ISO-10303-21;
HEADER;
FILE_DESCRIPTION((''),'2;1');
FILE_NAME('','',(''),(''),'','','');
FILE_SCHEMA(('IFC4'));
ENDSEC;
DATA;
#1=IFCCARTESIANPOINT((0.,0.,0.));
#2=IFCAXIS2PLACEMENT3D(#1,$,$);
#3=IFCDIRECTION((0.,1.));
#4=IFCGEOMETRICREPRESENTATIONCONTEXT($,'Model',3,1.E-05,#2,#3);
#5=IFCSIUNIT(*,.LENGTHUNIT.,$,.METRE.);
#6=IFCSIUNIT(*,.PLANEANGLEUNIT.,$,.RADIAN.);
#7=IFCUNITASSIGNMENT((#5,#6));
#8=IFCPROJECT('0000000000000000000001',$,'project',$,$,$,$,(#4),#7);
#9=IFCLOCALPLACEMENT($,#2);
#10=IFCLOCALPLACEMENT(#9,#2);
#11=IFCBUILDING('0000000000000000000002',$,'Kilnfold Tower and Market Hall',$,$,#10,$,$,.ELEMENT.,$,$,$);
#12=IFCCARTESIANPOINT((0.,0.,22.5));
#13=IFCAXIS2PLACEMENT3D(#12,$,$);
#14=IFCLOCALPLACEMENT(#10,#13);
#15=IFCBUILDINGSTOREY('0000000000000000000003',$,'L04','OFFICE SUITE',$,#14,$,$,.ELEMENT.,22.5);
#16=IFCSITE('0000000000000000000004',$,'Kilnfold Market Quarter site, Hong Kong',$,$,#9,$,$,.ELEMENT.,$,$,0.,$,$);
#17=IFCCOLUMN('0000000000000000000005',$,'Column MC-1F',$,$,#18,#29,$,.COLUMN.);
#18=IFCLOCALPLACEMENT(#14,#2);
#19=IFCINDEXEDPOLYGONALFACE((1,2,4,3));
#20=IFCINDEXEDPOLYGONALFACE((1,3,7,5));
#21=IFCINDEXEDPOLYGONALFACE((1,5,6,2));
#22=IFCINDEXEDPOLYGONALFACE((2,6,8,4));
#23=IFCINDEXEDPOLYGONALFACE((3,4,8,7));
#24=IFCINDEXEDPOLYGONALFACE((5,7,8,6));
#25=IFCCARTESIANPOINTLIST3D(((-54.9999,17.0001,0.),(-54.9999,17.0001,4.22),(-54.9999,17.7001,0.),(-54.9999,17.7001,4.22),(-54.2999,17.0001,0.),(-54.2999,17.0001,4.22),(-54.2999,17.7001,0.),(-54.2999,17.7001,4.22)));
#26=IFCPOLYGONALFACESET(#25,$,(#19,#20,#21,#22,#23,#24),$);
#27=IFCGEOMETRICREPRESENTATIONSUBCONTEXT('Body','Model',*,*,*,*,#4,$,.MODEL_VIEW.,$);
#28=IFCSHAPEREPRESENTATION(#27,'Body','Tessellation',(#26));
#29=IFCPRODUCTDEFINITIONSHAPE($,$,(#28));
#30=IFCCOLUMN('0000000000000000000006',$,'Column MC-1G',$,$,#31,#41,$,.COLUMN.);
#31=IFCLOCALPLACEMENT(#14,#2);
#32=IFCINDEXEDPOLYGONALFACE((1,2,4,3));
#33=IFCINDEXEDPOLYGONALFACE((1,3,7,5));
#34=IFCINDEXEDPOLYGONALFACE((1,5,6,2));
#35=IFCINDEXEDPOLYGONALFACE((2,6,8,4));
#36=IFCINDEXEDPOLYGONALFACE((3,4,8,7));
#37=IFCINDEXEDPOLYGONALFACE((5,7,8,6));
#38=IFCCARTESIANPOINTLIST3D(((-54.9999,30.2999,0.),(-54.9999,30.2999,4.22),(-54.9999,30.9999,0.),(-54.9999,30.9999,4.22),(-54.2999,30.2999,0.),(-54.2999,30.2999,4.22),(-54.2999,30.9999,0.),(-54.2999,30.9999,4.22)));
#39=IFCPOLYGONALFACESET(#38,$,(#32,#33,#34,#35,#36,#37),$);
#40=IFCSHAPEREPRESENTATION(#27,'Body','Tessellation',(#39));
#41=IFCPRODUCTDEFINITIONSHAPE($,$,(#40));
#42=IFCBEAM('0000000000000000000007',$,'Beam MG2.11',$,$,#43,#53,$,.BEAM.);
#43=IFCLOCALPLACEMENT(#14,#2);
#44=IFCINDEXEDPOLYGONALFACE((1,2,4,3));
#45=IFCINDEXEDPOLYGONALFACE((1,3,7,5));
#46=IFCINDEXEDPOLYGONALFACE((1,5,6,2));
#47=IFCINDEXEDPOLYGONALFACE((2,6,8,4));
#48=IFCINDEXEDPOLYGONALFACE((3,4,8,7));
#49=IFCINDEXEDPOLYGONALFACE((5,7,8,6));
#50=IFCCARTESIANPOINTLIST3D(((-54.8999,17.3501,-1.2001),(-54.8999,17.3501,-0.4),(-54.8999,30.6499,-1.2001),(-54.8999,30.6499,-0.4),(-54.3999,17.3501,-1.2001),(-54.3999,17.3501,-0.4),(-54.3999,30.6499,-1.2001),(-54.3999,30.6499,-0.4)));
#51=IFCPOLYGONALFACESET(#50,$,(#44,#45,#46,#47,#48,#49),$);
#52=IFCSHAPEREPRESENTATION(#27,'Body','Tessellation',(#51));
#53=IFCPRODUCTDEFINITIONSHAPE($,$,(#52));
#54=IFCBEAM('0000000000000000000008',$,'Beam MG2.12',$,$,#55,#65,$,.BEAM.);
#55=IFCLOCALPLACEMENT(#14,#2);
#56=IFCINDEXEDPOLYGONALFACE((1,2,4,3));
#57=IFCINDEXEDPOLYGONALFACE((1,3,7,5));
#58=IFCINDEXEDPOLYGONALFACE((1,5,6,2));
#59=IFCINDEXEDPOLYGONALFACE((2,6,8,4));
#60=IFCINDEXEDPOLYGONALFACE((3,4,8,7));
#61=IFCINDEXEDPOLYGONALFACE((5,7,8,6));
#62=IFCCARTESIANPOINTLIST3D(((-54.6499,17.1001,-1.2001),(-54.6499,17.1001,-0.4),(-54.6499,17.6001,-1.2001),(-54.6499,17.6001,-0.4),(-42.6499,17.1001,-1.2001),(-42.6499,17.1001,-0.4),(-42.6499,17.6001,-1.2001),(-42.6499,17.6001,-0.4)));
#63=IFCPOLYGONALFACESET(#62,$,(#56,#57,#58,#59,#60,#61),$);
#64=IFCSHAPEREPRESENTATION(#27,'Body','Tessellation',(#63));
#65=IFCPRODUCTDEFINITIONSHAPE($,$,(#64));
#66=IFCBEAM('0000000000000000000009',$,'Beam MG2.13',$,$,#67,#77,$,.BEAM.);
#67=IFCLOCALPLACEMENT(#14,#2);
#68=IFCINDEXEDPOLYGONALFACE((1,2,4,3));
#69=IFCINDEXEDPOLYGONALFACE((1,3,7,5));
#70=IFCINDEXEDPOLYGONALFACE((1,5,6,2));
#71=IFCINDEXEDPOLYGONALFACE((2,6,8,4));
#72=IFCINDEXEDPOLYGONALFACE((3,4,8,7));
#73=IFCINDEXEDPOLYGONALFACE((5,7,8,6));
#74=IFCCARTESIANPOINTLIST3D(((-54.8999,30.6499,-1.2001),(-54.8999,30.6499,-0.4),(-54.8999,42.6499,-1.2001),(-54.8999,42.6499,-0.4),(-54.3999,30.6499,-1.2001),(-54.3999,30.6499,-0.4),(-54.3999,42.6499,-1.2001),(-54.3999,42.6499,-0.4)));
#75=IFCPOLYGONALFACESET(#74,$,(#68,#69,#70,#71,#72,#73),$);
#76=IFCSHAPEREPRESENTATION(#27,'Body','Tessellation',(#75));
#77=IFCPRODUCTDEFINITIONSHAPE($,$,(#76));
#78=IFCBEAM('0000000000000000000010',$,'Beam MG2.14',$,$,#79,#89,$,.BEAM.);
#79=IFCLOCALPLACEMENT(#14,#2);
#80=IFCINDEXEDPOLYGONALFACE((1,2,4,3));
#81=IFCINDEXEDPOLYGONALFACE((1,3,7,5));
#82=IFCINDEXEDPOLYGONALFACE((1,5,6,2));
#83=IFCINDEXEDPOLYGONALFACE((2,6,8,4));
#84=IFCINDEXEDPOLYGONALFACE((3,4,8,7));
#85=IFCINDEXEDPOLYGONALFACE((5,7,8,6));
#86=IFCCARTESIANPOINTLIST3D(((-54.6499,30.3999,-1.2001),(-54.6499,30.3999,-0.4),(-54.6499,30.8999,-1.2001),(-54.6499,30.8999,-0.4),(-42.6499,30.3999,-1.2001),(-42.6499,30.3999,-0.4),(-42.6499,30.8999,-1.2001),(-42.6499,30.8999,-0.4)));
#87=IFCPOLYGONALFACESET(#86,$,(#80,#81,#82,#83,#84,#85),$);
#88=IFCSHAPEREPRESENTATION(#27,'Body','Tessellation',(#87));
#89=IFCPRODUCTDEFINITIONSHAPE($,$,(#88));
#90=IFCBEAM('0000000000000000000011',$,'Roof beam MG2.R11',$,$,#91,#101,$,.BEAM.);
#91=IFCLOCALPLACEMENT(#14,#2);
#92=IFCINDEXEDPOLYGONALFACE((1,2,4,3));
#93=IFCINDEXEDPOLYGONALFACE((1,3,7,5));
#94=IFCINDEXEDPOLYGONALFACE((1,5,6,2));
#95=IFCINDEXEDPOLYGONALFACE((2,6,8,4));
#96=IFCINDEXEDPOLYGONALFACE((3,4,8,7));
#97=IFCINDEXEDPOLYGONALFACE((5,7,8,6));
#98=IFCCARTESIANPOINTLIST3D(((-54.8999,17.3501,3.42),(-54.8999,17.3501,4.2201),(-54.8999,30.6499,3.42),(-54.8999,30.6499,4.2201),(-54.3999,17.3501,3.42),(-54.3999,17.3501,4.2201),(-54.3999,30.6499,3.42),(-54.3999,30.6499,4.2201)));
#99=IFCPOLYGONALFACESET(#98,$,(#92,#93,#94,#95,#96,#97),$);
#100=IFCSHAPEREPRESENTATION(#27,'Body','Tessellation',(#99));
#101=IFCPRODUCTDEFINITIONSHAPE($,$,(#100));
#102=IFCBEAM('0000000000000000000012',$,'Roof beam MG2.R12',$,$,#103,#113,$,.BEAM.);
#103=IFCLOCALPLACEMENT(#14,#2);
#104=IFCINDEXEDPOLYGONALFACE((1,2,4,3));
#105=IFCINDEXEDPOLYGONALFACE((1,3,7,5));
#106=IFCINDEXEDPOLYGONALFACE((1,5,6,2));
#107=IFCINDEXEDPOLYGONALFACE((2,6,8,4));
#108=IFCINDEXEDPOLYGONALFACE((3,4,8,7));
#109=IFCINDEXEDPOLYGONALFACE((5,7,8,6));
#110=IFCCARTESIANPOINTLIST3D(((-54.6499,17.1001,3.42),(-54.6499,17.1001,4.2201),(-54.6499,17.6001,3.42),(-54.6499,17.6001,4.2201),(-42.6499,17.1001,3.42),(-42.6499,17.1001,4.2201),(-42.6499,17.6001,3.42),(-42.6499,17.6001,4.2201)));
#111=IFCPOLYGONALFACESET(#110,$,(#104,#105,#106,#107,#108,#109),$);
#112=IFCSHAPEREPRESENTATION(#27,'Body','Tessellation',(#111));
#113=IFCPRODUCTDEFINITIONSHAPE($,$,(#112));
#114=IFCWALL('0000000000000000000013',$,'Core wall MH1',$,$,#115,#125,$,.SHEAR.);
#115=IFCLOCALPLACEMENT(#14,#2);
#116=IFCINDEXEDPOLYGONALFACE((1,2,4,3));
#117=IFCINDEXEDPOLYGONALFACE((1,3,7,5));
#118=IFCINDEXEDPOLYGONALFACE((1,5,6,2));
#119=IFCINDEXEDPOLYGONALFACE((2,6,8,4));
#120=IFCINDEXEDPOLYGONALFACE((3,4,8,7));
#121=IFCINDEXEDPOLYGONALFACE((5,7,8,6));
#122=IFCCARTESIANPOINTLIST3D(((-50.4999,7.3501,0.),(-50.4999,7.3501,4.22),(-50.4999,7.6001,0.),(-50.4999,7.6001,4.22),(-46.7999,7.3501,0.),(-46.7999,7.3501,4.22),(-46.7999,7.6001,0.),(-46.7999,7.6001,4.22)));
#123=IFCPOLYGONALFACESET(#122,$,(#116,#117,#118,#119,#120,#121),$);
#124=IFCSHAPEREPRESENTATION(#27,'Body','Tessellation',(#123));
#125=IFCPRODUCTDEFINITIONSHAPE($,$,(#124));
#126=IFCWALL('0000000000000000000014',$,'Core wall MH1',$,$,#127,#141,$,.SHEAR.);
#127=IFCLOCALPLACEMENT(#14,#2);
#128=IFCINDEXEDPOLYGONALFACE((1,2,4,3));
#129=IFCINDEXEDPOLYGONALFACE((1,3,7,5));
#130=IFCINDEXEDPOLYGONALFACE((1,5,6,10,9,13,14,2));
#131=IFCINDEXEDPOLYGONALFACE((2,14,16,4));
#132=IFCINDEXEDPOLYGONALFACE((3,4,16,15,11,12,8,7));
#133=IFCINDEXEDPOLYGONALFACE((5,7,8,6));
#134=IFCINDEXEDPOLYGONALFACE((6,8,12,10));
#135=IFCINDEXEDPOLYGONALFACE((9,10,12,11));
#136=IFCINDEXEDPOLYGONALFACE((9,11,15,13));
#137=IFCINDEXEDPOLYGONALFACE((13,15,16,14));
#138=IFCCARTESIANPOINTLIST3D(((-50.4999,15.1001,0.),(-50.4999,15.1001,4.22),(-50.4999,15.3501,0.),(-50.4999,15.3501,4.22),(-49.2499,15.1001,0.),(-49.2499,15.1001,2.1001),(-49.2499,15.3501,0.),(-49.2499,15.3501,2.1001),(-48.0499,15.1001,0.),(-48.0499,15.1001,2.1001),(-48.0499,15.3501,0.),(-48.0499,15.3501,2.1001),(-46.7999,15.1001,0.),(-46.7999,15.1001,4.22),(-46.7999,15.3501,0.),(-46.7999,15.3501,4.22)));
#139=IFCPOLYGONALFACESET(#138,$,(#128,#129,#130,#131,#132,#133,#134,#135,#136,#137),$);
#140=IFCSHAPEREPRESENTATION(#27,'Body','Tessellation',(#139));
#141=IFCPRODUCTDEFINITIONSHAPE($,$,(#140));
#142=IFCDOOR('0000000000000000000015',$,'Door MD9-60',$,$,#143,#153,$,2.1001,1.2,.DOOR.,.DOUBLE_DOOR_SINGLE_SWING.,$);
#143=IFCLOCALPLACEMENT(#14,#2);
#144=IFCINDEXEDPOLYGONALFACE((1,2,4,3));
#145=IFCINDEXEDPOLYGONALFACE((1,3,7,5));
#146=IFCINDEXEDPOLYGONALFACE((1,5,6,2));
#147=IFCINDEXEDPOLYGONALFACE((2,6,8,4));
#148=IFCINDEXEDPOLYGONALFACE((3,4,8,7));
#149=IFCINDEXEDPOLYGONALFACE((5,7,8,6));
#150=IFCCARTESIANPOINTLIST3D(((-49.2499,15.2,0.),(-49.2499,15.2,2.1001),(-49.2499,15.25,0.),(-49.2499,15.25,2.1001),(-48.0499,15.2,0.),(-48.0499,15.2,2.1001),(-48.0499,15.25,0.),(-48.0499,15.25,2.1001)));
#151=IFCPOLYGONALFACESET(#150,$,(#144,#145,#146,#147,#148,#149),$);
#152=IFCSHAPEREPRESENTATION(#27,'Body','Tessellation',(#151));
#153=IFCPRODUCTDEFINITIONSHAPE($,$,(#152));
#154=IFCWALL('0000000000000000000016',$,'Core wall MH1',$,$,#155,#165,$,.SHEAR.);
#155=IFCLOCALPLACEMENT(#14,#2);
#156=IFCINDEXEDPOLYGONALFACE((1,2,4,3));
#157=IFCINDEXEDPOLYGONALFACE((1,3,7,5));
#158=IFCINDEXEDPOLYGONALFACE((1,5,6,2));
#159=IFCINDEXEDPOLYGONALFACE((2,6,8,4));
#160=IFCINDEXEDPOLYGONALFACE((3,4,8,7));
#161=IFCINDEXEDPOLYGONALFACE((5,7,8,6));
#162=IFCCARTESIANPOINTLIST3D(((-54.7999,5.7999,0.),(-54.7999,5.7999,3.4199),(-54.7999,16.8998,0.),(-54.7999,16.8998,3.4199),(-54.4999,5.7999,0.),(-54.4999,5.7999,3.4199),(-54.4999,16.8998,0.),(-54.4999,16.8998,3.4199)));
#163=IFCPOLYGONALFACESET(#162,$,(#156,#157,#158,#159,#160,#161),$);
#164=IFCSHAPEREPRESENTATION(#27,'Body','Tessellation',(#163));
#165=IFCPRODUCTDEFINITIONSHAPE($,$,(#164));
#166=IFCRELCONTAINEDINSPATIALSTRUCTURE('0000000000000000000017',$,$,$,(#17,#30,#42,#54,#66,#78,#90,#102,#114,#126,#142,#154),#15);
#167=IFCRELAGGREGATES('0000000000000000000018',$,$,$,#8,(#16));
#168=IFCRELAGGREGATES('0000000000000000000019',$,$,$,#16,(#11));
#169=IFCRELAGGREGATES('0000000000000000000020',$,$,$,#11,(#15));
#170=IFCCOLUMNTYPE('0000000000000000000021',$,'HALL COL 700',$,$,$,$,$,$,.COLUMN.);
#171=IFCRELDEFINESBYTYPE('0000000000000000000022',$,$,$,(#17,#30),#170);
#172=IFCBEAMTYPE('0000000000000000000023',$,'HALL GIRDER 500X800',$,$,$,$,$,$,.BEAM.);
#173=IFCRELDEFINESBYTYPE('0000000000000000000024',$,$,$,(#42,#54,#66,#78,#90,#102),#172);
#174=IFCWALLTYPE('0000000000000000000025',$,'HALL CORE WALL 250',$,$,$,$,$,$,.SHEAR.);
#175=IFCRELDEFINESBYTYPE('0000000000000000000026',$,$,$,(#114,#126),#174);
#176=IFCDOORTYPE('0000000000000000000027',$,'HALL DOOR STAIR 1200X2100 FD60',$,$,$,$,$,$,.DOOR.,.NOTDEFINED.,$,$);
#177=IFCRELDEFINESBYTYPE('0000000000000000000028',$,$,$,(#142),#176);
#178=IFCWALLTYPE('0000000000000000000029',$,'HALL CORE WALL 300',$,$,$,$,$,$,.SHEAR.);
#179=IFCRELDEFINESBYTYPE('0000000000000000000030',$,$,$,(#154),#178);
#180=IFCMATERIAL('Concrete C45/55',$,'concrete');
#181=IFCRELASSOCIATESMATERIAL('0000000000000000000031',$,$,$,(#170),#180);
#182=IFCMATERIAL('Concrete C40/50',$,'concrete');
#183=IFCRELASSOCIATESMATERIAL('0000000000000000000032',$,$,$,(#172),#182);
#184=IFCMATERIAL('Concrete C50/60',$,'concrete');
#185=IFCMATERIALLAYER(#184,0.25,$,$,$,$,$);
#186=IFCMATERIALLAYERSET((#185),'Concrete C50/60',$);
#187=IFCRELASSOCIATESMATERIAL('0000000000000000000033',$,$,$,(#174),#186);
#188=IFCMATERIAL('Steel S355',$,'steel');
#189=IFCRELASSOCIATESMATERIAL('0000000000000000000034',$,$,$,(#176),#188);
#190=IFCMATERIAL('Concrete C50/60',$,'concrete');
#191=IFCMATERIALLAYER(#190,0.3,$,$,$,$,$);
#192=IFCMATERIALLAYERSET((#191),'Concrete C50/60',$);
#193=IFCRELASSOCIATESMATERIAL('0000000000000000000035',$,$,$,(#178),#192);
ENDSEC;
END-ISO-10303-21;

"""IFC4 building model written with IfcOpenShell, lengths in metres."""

from ifc_helpers import new_model, si_unit, direction, frame, frame_2d, origin, origin_2d, place, context, subcontext, project, spatial, rectangle, extrude, source, transform, mapped, material, layer, layer_set, material_profile, profile_set, type_object, element, fill, save


model = new_model("IFC4")

# Units and contexts
model_context = context("Model", 3, precision=1e-05, world=origin(), true_north=direction((0.0, 1.0)))
body_context = subcontext(model_context, "Body", "Model", "MODEL_VIEW")
ifc_project = project(units=[si_unit("LENGTHUNIT", "METRE"), si_unit("PLANEANGLEUNIT", "RADIAN")], contexts=[model_context])

# Site, building, storey
site_placement = place(None, origin())
site = spatial("IfcSite", under=ifc_project, at=site_placement, Name="Kilnfold Market Quarter site, Hong Kong", CompositionType="ELEMENT", RefElevation=0.0)
building_placement = place(site_placement, origin())
building = spatial("IfcBuilding", under=site, at=building_placement, Name="Kilnfold Tower and Market Hall", CompositionType="ELEMENT")
storey_placement = place(building_placement, frame((0.0, 0.0, 22.5)))
storey = spatial("IfcBuildingStorey", under=building, at=storey_placement, Name="L04", Description="OFFICE SUITE", CompositionType="ELEMENT", Elevation=22.5)

# Columns
ifc_material_1 = material(Name="Concrete C45/55", Category="concrete")
ifc_material_profile_1 = material_profile(ifc_material_1, rectangle(XDim=0.7, YDim=0.7, at=origin_2d()), Name="RC 700x700")
ifc_profile_set_1 = profile_set([ifc_material_profile_1], Name="Concrete C45/55")
column_type = type_object("IfcColumnType", Name="HALL COL 700", PredefinedType="COLUMN", material=ifc_profile_set_1)
shared_shape_1 = source(origin(), body_context, "Body", "SweptSolid", [
    extrude(rectangle(XDim=0.7, YDim=0.7, at=origin_2d()), origin(), (0.0, 0.0, 1.0), 4.22),
])
for number, where, z_axis, x_axis, name in (
    (1, (-54.6499, 17.3501, 0.0), (0.0, 0.0, 1.0), (1.0, 0.0, 0.0), "Column MC-1F"),
    (2, (-54.6499, 30.6499, 0.0), (0.0, 0.0, 1.0), (1.0, 0.0, 0.0), "Column MC-1G"),
):
    element("IfcColumn", number, at=place(storey_placement, frame(where, z_axis=z_axis, x_axis=x_axis)), inside=storey, type_object=column_type, Name=name, PredefinedType="COLUMN", context=body_context, shape_type="MappedRepresentation", body=[
        mapped(shared_shape_1, transform((0.0, 0.0, 0.0))),
    ])

# Beams
ifc_material_2 = material(Name="Concrete C40/50", Category="concrete")
ifc_material_profile_2 = material_profile(ifc_material_2, rectangle(XDim=0.5, YDim=0.8, at=origin_2d()), Name="RC 500x800")
ifc_profile_set_2 = profile_set([ifc_material_profile_2], Name="Concrete C40/50")
beam_type = type_object("IfcBeamType", Name="HALL GIRDER 500X800", PredefinedType="BEAM", material=ifc_profile_set_2)
beam_1_placement = place(storey_placement, frame((-54.6499, 17.3501, -0.8), z_axis=(0.0, 1.0, 0.0), x_axis=(-1.0, 0.0, 0.0)))
element("IfcBeam", 3, at=beam_1_placement, inside=storey, type_object=beam_type, Name="Beam MG2.11", PredefinedType="BEAM", context=body_context, shape_type="SweptSolid", body=[
    extrude(rectangle(XDim=0.5, YDim=0.8, at=origin_2d()), origin(), (0.0, 0.0, 1.0), 13.2998),
])
for number, where, z_axis, x_axis, name in (
    (4, (-54.6499, 17.3501, -0.8), (1.0, 0.0, 0.0), (0.0, 1.0, 0.0), "Beam MG2.12"),
    (5, (-54.6499, 30.6499, -0.8), (0.0, 1.0, 0.0), (-1.0, 0.0, 0.0), "Beam MG2.13"),
    (6, (-54.6499, 30.6499, -0.8), (1.0, 0.0, 0.0), (0.0, 1.0, 0.0), "Beam MG2.14"),
):
    element("IfcBeam", number, at=place(storey_placement, frame(where, z_axis=z_axis, x_axis=x_axis)), inside=storey, type_object=beam_type, Name=name, PredefinedType="BEAM", context=body_context, shape_type="SweptSolid", body=[
        extrude(rectangle(XDim=0.5, YDim=0.8, at=origin_2d()), origin(), (0.0, 0.0, 1.0), 12.0),
    ])
beam_2_placement = place(storey_placement, frame((-54.6499, 17.3501, 3.8201), z_axis=(0.0, 1.0, 0.0), x_axis=(-1.0, 0.0, 0.0)))
element("IfcBeam", 7, at=beam_2_placement, inside=storey, type_object=beam_type, Name="Roof beam MG2.R11", PredefinedType="BEAM", context=body_context, shape_type="SweptSolid", body=[
    extrude(rectangle(XDim=0.5, YDim=0.8, at=origin_2d()), origin(), (0.0, 0.0, 1.0), 13.2998),
])
beam_3_placement = place(storey_placement, frame((-54.6499, 17.3501, 3.8201), z_axis=(1.0, 0.0, 0.0), x_axis=(0.0, 1.0, 0.0)))
element("IfcBeam", 8, at=beam_3_placement, inside=storey, type_object=beam_type, Name="Roof beam MG2.R12", PredefinedType="BEAM", context=body_context, shape_type="SweptSolid", body=[
    extrude(rectangle(XDim=0.5, YDim=0.8, at=origin_2d()), origin(), (0.0, 0.0, 1.0), 12.0),
])

# Wall
ifc_material_3 = material(Name="Concrete C50/60", Category="concrete")
ifc_layer_1 = layer(ifc_material_3, 0.25)
ifc_layer_set_1 = layer_set([ifc_layer_1], Name="Concrete C50/60")
wall_type_1 = type_object("IfcWallType", Name="HALL CORE WALL 250", PredefinedType="SHEAR", material=ifc_layer_set_1)
shared_shape_2 = source(origin(), body_context, "Body", "SweptSolid", [
    extrude(rectangle(XDim=3.7, YDim=0.25, at=frame_2d((1.8501, 0.0))), origin(), (0.0, 0.0, 1.0), 4.22),
])
wall_1_placement = place(storey_placement, frame((-50.5, 7.4751, 0.0), z_axis=(0.0, 0.0, 1.0), x_axis=(1.0, 0.0, 0.0)))
element("IfcWall", 9, at=wall_1_placement, inside=storey, type_object=wall_type_1, Name="Core wall MH1", PredefinedType="SHEAR", context=body_context, shape_type="MappedRepresentation", body=[
    mapped(shared_shape_2, transform((0.0, 0.0, 0.0))),
])

# Wall, opening, door
wall_2_placement = place(storey_placement, frame((-50.5, 15.2251, 0.0), z_axis=(0.0, 0.0, 1.0), x_axis=(1.0, 0.0, 0.0)))
wall_2 = element("IfcWall", 10, at=wall_2_placement, inside=storey, type_object=wall_type_1, Name="Core wall MH1", PredefinedType="SHEAR", context=body_context, shape_type="MappedRepresentation", body=[
    mapped(shared_shape_2, transform((0.0, 0.0, 0.0))),
])
opening_1_placement = place(wall_2_placement, frame((1.25, 0.0, 0.0)))
opening_1 = element("IfcOpeningElement", 11, at=opening_1_placement, cuts=wall_2, PredefinedType="OPENING", context=body_context, shape_type="SweptSolid", body=[
    extrude(rectangle(XDim=1.2, YDim=2.1001, at=frame_2d((0.6001, 1.05))), frame((0.0, 0.135, 0.0), z_axis=(0.0, -1.0, 0.0), x_axis=(1.0, 0.0, 0.0)), (0.0, 0.0, 1.0), 0.27),
])
ifc_material_4 = material(Name="Steel S355", Category="steel")
door_type_1 = type_object("IfcDoorType", Name="HALL DOOR STAIR 1200X2100 FD60", OperationType="NOTDEFINED", PredefinedType="DOOR", material=ifc_material_4)
door_1_placement = place(opening_1_placement, origin())
door_1 = element("IfcDoor", 12, at=door_1_placement, inside=storey, type_object=door_type_1, Name="Door MD9-60", OperationType="DOUBLE_DOOR_SINGLE_SWING", OverallHeight=2.1001, OverallWidth=1.2, PredefinedType="DOOR", context=body_context, shape_type="SweptSolid", body=[
    extrude(rectangle(XDim=1.2, YDim=2.1001, at=frame_2d((0.6001, 1.05))), frame((0.0, 0.0249, 0.0), z_axis=(0.0, -1.0, 0.0), x_axis=(1.0, 0.0, 0.0)), (0.0, 0.0, 1.0), 0.05),
])
fill(opening_1, door_1)
ifc_material_5 = material(Name="Concrete C50/60", Category="concrete")
ifc_layer_2 = layer(ifc_material_5, 0.3)
ifc_layer_set_2 = layer_set([ifc_layer_2], Name="Concrete C50/60")
wall_type_2 = type_object("IfcWallType", Name="HALL CORE WALL 300", PredefinedType="SHEAR", material=ifc_layer_set_2)
shared_shape_3 = source(origin(), body_context, "Body", "SweptSolid", [
    extrude(rectangle(XDim=11.0999, YDim=0.3, at=frame_2d((5.5498, 0.0))), origin(), (0.0, 0.0, 1.0), 3.4199),
])

# Wall
wall_3_placement = place(storey_placement, frame((-54.6499, 5.8, 0.0), z_axis=(0.0, 0.0, 1.0), x_axis=(0.0, 1.0, 0.0)))
element("IfcWall", 13, at=wall_3_placement, inside=storey, type_object=wall_type_2, Name="Core wall MH1", PredefinedType="SHEAR", context=body_context, shape_type="MappedRepresentation", body=[
    mapped(shared_shape_3, transform((0.0, 0.0, 0.0))),
])

save(model, "model.ifc")
